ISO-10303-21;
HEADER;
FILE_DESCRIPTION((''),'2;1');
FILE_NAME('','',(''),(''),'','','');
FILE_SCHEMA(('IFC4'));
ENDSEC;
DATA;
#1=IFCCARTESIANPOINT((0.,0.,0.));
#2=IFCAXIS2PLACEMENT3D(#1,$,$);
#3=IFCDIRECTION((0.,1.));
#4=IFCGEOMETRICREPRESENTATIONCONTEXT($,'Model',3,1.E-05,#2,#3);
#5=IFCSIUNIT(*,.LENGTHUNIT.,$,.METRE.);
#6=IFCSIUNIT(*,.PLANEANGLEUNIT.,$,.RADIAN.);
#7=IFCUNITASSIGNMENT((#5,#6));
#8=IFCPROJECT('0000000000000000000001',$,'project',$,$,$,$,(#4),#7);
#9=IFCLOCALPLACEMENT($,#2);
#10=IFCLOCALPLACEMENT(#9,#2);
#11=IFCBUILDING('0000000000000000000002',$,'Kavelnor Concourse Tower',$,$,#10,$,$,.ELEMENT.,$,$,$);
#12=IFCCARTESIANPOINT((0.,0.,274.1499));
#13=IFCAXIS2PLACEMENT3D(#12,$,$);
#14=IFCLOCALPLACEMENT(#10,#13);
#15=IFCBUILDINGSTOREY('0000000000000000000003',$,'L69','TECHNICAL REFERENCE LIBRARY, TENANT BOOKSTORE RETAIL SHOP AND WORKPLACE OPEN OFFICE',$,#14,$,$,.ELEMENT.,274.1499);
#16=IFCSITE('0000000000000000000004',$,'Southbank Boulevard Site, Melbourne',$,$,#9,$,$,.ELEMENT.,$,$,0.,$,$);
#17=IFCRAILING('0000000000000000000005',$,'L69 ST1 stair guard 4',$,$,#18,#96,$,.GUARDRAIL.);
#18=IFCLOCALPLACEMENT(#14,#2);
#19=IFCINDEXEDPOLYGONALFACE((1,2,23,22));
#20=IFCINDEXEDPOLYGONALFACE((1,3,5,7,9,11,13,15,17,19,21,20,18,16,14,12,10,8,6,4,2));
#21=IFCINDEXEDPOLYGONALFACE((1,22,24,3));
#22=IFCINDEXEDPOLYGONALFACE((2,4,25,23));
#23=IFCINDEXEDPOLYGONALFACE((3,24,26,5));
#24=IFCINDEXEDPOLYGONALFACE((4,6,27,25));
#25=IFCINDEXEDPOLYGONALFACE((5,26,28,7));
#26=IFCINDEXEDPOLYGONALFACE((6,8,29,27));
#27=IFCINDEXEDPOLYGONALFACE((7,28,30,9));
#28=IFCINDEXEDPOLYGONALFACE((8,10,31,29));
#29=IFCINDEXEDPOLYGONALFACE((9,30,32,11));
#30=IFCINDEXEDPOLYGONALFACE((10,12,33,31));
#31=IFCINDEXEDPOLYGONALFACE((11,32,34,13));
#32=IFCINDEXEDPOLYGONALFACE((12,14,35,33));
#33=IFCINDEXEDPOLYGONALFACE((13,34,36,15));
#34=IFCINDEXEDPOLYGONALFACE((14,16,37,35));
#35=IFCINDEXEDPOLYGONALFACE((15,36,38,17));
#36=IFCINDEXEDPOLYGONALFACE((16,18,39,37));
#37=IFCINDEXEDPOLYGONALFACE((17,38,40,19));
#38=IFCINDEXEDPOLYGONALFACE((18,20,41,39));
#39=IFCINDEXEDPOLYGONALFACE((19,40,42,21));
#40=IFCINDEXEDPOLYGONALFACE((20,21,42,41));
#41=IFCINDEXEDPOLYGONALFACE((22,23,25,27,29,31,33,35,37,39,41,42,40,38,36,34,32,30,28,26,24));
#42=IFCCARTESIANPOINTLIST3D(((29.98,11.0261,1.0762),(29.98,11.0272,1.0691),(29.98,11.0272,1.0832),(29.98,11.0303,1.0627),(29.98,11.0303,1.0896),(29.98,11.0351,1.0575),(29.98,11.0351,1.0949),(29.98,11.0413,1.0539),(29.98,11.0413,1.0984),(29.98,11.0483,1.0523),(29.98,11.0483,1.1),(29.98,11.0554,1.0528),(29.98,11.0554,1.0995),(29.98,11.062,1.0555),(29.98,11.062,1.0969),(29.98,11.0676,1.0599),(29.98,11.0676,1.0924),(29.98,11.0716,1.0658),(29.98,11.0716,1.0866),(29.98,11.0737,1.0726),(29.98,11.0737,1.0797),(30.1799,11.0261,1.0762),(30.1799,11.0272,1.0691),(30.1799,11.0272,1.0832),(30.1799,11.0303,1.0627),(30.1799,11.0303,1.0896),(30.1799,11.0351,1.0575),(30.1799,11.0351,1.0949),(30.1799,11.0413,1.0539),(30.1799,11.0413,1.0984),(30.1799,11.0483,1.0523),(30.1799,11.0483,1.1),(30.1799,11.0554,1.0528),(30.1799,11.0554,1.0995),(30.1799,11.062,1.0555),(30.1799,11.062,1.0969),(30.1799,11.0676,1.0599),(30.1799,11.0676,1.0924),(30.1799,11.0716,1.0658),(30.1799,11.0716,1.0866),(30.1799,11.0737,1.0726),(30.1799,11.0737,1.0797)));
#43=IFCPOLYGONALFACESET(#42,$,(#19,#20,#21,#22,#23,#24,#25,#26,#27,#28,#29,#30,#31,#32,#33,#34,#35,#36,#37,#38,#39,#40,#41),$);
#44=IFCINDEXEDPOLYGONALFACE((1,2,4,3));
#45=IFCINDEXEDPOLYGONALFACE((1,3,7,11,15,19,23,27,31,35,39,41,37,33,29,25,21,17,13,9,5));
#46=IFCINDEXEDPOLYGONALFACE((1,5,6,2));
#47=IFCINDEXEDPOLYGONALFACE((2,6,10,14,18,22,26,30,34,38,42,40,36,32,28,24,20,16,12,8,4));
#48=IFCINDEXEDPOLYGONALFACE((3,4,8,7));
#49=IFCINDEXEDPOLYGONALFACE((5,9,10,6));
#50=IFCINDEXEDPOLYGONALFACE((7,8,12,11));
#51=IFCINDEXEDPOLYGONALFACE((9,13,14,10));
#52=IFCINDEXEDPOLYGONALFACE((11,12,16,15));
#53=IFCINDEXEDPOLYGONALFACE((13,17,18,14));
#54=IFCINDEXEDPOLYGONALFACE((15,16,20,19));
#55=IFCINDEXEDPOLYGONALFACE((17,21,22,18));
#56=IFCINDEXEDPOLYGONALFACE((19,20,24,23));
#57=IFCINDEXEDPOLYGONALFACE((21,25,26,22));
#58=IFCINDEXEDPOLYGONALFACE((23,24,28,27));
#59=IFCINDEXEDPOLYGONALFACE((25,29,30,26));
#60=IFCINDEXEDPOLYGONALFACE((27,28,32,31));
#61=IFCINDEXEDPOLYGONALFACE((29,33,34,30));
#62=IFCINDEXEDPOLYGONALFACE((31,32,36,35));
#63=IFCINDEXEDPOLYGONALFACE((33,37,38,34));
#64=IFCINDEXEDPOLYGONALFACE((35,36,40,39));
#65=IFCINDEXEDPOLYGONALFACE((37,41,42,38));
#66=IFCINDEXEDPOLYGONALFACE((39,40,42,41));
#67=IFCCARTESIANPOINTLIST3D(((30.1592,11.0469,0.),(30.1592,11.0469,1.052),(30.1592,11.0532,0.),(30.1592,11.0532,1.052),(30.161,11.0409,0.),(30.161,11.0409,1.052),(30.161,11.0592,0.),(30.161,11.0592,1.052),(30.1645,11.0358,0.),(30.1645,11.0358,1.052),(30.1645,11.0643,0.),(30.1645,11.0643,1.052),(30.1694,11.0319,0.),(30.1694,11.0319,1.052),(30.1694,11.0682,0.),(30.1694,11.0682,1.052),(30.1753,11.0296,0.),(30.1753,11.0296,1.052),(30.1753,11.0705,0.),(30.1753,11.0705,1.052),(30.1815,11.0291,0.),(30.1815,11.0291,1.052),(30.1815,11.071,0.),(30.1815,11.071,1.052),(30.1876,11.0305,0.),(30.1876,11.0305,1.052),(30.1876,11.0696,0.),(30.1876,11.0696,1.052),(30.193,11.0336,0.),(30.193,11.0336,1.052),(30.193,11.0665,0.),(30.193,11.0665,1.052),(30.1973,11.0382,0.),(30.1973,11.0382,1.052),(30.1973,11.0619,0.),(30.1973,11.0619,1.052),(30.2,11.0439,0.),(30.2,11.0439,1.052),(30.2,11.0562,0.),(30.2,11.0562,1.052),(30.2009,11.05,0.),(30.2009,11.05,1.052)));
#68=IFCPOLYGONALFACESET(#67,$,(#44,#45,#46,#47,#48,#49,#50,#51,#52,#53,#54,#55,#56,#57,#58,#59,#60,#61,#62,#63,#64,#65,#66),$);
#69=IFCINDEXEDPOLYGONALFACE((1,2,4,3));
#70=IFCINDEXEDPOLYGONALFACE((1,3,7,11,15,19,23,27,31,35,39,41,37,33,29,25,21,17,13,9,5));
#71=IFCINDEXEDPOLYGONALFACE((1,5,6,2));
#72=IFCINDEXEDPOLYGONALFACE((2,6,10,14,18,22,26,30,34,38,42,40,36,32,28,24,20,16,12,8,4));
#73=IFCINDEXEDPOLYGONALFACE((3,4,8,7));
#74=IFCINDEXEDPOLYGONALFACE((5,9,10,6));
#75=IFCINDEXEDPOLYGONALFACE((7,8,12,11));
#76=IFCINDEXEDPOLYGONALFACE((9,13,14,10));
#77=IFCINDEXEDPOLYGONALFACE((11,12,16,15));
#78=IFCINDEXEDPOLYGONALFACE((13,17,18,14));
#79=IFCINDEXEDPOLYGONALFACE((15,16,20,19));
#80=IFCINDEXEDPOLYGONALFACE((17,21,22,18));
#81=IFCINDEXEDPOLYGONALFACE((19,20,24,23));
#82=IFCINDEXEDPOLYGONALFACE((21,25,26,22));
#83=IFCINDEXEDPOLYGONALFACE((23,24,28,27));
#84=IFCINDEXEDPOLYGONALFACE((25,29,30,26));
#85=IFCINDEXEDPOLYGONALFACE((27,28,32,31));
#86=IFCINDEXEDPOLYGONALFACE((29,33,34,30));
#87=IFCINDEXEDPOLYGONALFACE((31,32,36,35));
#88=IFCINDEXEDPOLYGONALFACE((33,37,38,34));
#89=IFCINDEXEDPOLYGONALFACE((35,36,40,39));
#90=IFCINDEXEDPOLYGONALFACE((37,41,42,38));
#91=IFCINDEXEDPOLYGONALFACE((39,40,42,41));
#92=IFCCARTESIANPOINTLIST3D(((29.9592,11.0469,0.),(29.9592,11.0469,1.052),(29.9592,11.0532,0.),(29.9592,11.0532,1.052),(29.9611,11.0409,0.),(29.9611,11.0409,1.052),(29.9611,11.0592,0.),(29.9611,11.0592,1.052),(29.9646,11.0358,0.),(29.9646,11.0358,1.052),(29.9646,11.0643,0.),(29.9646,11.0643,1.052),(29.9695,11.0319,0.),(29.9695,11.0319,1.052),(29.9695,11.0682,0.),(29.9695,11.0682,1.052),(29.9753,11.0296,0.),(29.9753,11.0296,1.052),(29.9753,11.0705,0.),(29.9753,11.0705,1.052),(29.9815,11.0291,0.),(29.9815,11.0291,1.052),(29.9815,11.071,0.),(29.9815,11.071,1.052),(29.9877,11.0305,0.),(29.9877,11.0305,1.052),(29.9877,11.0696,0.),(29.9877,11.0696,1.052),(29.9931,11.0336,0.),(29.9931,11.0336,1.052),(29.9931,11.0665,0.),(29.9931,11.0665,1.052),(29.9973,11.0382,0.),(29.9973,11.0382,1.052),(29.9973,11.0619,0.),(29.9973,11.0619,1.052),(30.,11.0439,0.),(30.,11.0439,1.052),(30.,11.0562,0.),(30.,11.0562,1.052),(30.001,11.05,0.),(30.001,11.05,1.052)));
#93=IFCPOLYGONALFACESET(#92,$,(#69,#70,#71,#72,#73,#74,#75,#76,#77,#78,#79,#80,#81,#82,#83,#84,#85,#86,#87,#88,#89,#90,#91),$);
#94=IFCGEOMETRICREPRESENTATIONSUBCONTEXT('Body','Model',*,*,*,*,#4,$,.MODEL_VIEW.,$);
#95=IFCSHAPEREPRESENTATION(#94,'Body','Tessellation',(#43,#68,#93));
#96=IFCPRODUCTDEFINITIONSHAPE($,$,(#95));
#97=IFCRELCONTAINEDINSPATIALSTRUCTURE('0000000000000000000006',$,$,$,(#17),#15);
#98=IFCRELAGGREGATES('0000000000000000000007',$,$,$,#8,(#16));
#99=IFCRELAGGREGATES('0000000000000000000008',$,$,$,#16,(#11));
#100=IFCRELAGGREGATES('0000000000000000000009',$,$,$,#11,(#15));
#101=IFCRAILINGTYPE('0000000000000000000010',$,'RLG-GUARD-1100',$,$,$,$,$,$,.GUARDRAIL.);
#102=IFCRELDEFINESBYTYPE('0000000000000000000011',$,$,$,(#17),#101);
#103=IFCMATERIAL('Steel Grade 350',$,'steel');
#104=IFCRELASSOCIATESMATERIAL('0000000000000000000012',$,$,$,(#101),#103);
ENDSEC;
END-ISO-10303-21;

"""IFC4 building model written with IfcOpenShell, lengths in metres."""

from ifc_helpers import new_model, si_unit, direction, frame, origin, origin_2d, place, context, subcontext, project, spatial, circle, extrude, material, type_object, element, save


model = new_model("IFC4")

# Units and contexts
model_context = context("Model", 3, precision=1e-05, world=origin(), true_north=direction((0.0, 1.0)))
body_context = subcontext(model_context, "Body", "Model", "MODEL_VIEW")
ifc_project = project(units=[si_unit("LENGTHUNIT", "METRE"), si_unit("PLANEANGLEUNIT", "RADIAN")], contexts=[model_context])

# Site, building, storey
site_placement = place(None, origin())
site = spatial("IfcSite", under=ifc_project, at=site_placement, Name="Southbank Boulevard Site, Melbourne", CompositionType="ELEMENT", RefElevation=0.0)
building_placement = place(site_placement, origin())
building = spatial("IfcBuilding", under=site, at=building_placement, Name="Kavelnor Concourse Tower", CompositionType="ELEMENT")
storey_placement = place(building_placement, frame((0.0, 0.0, 274.1499)))
storey = spatial("IfcBuildingStorey", under=building, at=storey_placement, Name="L69", Description="TECHNICAL REFERENCE LIBRARY, TENANT BOOKSTORE RETAIL SHOP AND WORKPLACE OPEN OFFICE", CompositionType="ELEMENT", Elevation=274.1499)

# Shared definitions
ifc_material_1 = material(Name="Steel Grade 350", Category="steel")

# Railing
railing_type_1 = type_object("IfcRailingType", Name="RLG-GUARD-1100", PredefinedType="GUARDRAIL", material=ifc_material_1)
railing_1_placement = place(storey_placement, frame((30.1799, 11.05, 0.0)))
element("IfcRailing", 1, at=railing_1_placement, inside=storey, type_object=railing_type_1, Name="L69 ST1 stair guard 4", PredefinedType="GUARDRAIL", context=body_context, shape_type="SweptSolid", body=[
    extrude(circle(Radius=0.0239, at=origin_2d()), frame((0.0, 0.0, 1.0762), z_axis=(-1.0, 0.0, 0.0), x_axis=(0.0, -1.0, 0.0)), (0.0, 0.0, 1.0), 0.2),
    extrude(circle(Radius=0.021, at=origin_2d()), origin(), (0.0, 0.0, 1.0), 1.052),
    extrude(circle(Radius=0.021, at=origin_2d()), frame((-0.2, 0.0, 0.0)), (0.0, 0.0, 1.0), 1.052),
])

save(model, "model.ifc")
